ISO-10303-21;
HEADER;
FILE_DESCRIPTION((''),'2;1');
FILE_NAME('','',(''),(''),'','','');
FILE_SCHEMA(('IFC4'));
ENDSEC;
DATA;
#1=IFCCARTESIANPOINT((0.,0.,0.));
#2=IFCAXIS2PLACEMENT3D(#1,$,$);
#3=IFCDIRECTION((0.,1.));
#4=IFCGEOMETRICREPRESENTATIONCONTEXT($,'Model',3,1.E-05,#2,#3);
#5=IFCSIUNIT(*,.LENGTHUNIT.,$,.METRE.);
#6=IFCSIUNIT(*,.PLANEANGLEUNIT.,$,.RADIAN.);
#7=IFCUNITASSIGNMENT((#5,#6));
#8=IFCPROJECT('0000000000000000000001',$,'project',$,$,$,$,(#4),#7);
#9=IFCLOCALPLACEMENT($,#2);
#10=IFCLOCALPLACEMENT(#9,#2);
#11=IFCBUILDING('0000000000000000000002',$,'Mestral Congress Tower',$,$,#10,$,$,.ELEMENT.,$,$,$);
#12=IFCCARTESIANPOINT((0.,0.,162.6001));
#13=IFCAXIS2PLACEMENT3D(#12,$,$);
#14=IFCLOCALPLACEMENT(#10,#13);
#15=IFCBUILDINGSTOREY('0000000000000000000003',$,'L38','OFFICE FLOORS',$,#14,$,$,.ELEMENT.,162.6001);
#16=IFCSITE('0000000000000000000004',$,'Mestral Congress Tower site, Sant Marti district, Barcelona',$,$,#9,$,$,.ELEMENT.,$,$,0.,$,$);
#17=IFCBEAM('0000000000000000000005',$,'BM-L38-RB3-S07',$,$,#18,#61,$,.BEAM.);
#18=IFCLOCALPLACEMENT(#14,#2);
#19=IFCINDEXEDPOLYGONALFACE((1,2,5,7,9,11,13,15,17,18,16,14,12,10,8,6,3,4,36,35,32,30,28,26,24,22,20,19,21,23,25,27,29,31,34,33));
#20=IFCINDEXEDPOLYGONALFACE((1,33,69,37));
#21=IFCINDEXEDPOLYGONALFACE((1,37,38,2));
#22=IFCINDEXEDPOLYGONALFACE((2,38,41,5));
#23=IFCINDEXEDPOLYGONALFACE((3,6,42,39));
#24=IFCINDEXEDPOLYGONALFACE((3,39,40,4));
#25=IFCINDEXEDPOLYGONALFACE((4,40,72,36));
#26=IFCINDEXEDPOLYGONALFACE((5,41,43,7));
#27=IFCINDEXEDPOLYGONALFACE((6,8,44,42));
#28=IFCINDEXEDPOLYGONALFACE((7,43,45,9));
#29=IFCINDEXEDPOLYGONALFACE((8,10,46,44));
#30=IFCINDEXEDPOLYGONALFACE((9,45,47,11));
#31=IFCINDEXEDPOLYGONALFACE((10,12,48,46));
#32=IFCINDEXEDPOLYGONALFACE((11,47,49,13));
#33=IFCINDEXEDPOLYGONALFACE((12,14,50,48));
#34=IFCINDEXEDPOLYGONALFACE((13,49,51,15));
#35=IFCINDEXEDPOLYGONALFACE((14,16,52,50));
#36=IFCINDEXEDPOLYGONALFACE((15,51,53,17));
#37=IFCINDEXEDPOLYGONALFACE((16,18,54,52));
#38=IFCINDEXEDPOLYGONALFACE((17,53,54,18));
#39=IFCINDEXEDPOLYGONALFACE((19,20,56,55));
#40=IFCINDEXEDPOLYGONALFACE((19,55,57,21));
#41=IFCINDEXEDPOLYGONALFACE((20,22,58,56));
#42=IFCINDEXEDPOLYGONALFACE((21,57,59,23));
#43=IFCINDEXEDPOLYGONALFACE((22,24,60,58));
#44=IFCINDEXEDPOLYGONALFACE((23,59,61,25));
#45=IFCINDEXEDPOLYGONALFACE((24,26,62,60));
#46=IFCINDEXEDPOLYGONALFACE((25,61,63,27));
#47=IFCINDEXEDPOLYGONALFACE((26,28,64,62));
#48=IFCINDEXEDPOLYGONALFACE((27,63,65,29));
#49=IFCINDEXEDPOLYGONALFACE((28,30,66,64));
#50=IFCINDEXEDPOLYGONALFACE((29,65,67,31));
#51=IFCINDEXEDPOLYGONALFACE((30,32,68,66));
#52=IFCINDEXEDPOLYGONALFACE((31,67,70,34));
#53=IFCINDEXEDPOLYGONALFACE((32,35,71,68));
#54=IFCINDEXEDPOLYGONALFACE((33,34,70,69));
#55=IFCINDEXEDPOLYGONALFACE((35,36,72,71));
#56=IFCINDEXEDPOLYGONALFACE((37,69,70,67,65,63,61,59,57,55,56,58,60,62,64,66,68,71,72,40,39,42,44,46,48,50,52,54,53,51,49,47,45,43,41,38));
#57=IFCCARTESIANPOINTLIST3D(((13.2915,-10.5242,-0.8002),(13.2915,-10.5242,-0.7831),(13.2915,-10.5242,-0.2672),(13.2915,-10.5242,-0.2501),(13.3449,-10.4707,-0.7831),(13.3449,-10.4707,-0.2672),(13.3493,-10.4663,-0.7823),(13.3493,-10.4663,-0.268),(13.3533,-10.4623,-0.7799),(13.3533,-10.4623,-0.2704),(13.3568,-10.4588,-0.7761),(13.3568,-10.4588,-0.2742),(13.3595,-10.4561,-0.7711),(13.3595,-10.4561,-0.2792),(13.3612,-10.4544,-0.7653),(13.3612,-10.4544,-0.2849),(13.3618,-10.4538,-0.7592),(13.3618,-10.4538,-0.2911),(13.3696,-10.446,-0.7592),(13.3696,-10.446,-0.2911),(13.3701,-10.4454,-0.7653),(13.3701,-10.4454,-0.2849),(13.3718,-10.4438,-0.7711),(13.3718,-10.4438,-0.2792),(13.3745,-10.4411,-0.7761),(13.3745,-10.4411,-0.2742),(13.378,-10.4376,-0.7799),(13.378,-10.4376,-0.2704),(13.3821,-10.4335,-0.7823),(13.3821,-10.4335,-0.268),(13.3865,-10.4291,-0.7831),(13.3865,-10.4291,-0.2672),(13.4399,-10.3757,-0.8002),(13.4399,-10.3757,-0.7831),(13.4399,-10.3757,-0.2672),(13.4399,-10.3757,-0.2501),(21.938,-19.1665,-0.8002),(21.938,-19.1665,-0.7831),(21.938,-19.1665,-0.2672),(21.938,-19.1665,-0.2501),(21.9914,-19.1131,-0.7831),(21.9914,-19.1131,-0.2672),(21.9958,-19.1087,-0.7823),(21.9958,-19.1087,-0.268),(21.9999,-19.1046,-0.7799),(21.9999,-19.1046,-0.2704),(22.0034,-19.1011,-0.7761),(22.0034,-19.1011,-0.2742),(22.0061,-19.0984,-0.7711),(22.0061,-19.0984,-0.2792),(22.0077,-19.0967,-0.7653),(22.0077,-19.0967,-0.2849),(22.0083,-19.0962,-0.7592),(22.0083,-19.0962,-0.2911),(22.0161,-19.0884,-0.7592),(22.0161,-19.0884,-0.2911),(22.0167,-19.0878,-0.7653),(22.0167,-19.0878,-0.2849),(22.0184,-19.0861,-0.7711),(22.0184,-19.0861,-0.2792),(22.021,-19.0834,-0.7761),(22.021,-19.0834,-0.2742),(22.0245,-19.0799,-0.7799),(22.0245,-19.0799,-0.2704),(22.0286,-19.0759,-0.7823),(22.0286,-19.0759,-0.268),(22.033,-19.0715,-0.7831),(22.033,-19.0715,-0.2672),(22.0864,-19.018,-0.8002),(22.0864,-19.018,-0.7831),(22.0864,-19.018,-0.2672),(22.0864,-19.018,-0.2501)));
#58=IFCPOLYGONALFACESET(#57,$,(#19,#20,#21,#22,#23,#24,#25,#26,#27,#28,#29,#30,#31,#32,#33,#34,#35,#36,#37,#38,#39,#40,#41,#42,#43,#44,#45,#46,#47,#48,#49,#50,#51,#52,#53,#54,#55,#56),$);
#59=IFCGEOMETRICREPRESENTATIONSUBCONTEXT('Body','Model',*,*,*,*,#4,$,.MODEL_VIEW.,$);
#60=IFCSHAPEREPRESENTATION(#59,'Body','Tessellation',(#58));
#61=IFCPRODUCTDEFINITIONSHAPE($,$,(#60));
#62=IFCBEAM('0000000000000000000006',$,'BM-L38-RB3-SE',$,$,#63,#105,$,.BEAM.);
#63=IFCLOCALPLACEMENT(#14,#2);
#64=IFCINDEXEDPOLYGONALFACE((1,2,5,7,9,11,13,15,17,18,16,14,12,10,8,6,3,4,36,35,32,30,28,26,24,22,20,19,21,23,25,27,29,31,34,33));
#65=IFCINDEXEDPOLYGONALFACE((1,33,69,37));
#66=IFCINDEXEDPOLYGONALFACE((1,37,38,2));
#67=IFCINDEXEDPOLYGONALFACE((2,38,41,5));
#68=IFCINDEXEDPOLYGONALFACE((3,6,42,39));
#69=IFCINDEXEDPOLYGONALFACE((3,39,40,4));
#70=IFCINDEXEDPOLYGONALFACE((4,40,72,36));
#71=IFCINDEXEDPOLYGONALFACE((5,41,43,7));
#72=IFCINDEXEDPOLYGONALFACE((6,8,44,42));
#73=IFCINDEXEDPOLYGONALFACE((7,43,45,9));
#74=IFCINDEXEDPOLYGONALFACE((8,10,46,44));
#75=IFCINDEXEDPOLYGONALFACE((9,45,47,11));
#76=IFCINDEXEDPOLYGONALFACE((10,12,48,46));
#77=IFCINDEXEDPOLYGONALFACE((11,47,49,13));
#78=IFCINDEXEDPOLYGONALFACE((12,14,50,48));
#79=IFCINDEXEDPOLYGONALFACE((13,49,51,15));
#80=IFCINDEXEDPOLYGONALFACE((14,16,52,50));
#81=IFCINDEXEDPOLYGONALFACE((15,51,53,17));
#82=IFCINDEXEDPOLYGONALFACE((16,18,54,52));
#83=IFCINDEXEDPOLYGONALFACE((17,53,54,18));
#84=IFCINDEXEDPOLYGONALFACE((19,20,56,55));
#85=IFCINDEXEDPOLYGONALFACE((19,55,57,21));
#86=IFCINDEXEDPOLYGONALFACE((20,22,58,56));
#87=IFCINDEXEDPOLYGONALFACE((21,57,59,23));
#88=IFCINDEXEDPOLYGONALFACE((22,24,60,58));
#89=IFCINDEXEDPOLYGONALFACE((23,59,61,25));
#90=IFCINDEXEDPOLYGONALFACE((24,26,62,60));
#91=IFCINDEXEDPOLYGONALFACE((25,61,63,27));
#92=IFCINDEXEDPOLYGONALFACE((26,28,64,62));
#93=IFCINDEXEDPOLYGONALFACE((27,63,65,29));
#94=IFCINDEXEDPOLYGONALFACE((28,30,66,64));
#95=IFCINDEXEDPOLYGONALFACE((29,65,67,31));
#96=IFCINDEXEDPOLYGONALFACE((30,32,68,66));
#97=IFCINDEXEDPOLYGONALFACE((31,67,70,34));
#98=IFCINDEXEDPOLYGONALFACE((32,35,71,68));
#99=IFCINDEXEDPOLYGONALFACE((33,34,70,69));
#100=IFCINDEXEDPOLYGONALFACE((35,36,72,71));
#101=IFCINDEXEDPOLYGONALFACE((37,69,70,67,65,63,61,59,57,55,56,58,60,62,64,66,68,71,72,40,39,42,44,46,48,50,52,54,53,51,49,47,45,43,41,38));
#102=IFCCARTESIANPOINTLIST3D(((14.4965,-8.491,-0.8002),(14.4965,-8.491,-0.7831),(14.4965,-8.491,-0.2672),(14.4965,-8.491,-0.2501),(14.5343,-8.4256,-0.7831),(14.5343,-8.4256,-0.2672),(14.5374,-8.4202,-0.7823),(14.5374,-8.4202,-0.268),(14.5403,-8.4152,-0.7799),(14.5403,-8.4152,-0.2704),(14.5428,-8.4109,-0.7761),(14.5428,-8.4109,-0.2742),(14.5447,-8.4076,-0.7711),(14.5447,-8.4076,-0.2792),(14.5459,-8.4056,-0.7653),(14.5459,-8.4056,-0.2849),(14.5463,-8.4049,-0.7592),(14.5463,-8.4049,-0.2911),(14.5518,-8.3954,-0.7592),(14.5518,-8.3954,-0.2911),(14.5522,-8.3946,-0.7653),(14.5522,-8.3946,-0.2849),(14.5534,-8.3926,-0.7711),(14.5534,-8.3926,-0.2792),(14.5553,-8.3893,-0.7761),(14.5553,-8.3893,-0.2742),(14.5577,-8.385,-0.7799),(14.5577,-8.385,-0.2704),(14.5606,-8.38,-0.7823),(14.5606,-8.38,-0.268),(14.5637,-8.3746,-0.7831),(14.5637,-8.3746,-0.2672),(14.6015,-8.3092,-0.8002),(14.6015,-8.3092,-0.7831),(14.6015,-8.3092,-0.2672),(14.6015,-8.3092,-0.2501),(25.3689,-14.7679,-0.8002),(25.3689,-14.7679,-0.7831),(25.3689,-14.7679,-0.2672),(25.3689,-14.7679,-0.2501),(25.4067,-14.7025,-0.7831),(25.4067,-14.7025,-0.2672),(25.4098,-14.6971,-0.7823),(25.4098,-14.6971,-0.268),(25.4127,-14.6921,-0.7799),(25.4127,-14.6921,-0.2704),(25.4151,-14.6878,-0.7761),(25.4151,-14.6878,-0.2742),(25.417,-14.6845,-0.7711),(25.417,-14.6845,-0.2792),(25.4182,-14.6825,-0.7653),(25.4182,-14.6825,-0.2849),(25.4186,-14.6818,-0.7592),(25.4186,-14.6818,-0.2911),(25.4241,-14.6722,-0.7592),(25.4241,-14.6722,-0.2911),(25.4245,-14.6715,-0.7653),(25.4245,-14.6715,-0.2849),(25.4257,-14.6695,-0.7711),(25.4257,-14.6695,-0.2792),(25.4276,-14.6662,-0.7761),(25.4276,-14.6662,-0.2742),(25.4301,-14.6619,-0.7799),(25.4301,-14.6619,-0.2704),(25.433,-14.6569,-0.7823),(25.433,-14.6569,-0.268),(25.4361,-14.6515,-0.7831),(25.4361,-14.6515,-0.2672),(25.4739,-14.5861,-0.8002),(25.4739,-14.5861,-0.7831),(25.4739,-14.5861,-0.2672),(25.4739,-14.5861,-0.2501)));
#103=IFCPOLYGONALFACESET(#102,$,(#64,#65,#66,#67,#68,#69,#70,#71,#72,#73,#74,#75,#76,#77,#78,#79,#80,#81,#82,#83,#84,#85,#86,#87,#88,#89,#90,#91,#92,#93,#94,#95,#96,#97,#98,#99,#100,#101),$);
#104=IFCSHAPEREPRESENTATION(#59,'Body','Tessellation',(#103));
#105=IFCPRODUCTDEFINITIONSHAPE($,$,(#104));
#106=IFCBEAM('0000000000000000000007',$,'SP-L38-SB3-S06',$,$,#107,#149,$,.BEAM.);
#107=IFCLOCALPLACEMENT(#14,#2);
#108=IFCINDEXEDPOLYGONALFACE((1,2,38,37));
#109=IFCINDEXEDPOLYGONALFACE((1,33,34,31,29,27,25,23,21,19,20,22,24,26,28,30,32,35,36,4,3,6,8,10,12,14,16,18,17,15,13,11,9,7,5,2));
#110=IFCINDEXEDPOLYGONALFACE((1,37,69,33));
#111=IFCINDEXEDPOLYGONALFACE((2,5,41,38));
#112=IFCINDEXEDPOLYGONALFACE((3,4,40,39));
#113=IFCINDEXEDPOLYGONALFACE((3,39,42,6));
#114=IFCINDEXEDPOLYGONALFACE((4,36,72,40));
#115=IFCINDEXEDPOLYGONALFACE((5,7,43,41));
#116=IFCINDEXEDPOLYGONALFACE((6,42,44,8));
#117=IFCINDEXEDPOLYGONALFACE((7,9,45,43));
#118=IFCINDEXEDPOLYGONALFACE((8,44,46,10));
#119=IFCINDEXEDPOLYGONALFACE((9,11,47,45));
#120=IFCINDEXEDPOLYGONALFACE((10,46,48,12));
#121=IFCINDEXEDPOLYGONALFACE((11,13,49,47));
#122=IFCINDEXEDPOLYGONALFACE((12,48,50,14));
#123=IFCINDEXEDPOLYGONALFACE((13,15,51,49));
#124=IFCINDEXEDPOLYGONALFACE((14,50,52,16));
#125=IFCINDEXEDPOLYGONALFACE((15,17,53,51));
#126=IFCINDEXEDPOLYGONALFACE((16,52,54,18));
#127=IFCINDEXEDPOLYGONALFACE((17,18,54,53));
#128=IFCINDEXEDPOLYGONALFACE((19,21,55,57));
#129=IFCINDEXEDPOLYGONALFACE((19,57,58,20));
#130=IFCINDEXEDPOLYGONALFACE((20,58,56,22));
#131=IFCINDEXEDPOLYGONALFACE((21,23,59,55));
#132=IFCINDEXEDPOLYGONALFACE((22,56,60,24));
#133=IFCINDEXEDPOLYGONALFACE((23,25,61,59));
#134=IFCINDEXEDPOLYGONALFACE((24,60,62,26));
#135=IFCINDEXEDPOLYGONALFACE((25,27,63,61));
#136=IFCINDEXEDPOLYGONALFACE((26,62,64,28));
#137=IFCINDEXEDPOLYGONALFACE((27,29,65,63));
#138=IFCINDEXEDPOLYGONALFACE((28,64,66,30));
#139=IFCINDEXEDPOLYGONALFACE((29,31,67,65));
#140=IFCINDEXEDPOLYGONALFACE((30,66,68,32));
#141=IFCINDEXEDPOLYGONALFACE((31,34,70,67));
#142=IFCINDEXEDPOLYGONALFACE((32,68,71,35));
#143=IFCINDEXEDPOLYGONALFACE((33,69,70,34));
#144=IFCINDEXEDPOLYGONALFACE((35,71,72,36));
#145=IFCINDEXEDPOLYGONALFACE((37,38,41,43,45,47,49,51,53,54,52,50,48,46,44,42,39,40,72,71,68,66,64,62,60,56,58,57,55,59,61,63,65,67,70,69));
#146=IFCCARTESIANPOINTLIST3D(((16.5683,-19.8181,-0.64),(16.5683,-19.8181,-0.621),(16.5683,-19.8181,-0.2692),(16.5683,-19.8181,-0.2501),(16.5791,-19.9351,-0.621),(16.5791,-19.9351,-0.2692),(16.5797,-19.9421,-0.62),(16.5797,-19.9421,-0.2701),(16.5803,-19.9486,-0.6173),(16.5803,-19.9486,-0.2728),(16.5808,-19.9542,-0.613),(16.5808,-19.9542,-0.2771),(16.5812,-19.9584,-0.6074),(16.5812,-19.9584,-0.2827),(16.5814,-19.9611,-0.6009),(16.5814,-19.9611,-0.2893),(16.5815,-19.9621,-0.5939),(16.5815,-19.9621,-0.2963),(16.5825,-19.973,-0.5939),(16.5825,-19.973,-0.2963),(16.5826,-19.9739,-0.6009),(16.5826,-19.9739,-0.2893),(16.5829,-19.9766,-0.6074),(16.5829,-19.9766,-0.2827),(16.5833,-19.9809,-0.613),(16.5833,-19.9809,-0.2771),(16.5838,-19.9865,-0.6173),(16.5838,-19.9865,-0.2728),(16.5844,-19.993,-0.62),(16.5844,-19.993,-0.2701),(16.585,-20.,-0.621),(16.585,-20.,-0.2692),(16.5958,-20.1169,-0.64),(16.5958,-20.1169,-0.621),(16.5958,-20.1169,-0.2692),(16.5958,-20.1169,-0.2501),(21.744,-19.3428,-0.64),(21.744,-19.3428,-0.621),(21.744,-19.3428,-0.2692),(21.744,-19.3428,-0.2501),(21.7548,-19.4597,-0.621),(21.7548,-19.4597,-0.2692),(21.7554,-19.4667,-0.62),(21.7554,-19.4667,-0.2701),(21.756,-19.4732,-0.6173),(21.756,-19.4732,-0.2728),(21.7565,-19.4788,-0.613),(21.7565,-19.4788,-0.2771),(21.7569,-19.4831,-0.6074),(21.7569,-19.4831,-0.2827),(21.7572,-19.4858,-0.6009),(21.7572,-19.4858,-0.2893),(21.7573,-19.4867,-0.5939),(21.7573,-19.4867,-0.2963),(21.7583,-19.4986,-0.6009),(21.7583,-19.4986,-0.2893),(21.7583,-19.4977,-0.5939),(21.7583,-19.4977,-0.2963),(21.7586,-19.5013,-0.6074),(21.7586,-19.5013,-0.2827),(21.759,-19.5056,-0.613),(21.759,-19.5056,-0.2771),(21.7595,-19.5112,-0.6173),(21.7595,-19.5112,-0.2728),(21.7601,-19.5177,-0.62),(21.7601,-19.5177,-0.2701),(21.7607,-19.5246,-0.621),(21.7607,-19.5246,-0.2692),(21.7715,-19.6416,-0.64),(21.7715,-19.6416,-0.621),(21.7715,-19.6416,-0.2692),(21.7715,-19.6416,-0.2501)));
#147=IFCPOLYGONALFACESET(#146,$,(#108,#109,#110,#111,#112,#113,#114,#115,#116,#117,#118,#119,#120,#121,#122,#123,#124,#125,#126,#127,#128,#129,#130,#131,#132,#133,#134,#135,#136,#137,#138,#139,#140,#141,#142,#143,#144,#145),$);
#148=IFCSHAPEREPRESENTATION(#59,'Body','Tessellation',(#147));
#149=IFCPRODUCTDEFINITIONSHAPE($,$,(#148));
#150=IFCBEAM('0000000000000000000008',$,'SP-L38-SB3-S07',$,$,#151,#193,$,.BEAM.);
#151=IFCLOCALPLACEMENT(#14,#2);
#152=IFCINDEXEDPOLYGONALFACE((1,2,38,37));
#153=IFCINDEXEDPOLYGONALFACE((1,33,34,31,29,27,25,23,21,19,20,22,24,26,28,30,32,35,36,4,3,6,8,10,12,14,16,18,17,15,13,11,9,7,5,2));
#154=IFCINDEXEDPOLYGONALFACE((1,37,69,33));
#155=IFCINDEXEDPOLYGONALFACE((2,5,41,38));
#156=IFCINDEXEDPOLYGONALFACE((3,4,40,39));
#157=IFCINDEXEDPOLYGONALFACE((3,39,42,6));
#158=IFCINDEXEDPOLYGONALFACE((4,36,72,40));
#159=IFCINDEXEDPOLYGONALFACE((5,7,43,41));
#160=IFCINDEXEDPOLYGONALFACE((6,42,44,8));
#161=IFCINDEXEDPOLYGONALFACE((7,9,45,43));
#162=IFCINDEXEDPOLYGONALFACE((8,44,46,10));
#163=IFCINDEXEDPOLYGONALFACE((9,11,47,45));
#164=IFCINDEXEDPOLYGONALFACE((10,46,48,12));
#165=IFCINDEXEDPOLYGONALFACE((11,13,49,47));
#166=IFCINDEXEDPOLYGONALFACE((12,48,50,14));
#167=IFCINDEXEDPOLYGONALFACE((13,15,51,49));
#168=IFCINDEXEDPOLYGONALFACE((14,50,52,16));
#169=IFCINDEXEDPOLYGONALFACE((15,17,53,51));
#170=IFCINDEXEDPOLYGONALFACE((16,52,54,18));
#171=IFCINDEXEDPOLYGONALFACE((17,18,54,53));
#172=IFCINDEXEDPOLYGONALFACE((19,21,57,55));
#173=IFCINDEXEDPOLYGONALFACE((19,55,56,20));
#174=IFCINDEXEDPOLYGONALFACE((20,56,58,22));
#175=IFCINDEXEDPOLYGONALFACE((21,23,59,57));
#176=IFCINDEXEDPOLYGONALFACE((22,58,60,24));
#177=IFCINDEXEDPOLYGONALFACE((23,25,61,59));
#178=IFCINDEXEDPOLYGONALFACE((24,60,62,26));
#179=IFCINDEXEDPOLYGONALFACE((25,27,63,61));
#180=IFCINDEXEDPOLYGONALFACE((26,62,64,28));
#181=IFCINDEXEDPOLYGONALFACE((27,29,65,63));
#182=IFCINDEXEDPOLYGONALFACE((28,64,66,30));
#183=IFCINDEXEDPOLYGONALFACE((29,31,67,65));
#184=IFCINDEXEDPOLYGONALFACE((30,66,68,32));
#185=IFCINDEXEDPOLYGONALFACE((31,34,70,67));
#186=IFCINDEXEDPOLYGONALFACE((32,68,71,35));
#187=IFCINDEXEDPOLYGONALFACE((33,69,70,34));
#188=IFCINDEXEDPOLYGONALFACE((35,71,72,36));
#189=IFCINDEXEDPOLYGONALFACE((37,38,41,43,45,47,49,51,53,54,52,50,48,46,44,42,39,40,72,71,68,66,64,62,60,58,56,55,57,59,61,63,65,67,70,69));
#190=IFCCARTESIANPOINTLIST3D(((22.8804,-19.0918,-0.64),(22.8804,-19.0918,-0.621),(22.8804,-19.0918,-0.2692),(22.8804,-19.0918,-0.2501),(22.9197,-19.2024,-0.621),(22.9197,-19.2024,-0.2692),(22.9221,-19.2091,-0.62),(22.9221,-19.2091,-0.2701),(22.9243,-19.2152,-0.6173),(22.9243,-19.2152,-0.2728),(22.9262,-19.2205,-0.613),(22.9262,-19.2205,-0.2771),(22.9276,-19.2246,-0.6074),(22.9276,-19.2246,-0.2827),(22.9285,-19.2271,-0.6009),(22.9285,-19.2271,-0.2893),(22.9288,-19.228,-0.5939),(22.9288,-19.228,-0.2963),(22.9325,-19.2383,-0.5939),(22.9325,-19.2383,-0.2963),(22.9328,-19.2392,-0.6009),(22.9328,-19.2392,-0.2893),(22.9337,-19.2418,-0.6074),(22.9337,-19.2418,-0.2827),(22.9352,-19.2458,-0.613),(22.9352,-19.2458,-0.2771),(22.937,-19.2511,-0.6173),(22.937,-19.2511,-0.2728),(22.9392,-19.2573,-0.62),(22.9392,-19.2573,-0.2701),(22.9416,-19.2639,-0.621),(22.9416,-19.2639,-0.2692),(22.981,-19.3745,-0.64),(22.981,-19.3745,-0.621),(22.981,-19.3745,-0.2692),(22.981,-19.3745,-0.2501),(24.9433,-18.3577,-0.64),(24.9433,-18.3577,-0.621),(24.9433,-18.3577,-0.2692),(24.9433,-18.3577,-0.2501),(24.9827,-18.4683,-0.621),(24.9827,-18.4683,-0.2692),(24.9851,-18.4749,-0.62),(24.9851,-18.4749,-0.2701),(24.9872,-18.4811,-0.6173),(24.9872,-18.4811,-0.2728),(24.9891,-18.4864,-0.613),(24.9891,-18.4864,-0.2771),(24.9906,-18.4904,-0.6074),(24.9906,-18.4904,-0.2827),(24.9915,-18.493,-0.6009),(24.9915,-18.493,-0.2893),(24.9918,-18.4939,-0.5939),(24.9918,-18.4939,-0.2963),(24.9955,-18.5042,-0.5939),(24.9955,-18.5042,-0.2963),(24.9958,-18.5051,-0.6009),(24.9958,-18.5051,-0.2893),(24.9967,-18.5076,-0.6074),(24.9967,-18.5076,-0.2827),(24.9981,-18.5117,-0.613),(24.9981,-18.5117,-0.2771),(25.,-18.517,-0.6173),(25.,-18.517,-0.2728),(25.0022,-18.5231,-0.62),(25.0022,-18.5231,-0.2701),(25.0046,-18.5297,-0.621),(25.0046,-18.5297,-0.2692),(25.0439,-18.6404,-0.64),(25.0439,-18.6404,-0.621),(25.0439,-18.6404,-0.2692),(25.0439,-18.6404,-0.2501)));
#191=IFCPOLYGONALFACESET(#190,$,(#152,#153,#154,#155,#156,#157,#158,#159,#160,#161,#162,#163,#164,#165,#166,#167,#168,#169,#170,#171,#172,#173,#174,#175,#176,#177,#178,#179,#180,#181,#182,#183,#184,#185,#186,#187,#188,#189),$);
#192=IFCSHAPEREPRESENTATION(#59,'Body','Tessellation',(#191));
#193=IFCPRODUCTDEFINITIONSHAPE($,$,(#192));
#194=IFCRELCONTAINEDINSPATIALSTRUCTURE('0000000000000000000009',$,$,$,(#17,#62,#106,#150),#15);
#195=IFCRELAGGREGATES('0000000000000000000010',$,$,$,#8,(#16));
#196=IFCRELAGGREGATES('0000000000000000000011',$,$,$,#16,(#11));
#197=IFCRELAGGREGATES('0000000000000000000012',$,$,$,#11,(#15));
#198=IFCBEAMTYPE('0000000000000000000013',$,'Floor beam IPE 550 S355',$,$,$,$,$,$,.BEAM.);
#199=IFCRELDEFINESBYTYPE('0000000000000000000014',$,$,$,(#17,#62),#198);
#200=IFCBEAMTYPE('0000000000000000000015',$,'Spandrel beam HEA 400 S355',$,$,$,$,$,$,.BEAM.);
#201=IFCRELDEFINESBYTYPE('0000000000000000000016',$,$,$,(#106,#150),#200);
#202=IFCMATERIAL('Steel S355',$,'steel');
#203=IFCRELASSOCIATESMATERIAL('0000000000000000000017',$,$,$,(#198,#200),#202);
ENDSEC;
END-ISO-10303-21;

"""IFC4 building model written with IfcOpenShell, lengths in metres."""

from ifc_helpers import new_model, si_unit, direction, frame, origin, origin_2d, place, context, subcontext, project, spatial, i_section, extrude, material, material_profile, profile_set, type_object, element, save


model = new_model("IFC4")

# Units and contexts
model_context = context("Model", 3, precision=1e-05, world=origin(), true_north=direction((0.0, 1.0)))
body_context = subcontext(model_context, "Body", "Model", "MODEL_VIEW")
ifc_project = project(units=[si_unit("LENGTHUNIT", "METRE"), si_unit("PLANEANGLEUNIT", "RADIAN")], contexts=[model_context])

# Site, building, storey
site_placement = place(None, origin())
site = spatial("IfcSite", under=ifc_project, at=site_placement, Name="Mestral Congress Tower site, Sant Marti district, Barcelona", CompositionType="ELEMENT", RefElevation=0.0)
building_placement = place(site_placement, origin())
building = spatial("IfcBuilding", under=site, at=building_placement, Name="Mestral Congress Tower", CompositionType="ELEMENT")
storey_placement = place(building_placement, frame((0.0, 0.0, 162.6001)))
storey = spatial("IfcBuildingStorey", under=building, at=storey_placement, Name="L38", Description="OFFICE FLOORS", CompositionType="ELEMENT", Elevation=162.6001)

# Beams
ifc_material_1 = material(Name="Steel S355", Category="steel")
ifc_material_profile_1 = material_profile(ifc_material_1, i_section(OverallWidth=0.21, OverallDepth=0.55, WebThickness=0.011, FlangeThickness=0.0171, FilletRadius=0.0239, at=origin_2d()), Name="IPE 550")
ifc_profile_set_1 = profile_set([ifc_material_profile_1], Name="Steel S355")
beam_type_1 = type_object("IfcBeamType", Name="Floor beam IPE 550 S355", PredefinedType="BEAM", material=ifc_profile_set_1)
beam_1_placement = place(storey_placement, frame((22.0122, -19.0923, -0.5251), z_axis=(-0.707277, 0.706937, 0.0), x_axis=(-0.706937, -0.707277, 0.0)))
element("IfcBeam", 1, at=beam_1_placement, inside=storey, type_object=beam_type_1, Name="BM-L38-RB3-S07", PredefinedType="BEAM", context=body_context, shape_type="SweptSolid", body=[
    extrude(i_section(OverallWidth=0.21, OverallDepth=0.55, WebThickness=0.011, FlangeThickness=0.0171, FilletRadius=0.0239, at=origin_2d()), origin(), (0.0, 0.0, 1.0), 12.2251),
])
beam_2_placement = place(storey_placement, frame((25.4214, -14.677, -0.5251), z_axis=(-0.866035, 0.499983, 0.0), x_axis=(-0.499983, -0.866035, 0.0)))
element("IfcBeam", 2, at=beam_2_placement, inside=storey, type_object=beam_type_1, Name="BM-L38-RB3-SE", PredefinedType="BEAM", context=body_context, shape_type="SweptSolid", body=[
    extrude(i_section(OverallWidth=0.21, OverallDepth=0.55, WebThickness=0.011, FlangeThickness=0.0171, FilletRadius=0.0239, at=origin_2d()), origin(), (0.0, 0.0, 1.0), 12.5542),
])
ifc_material_profile_2 = material_profile(ifc_material_1, i_section(OverallWidth=0.3, OverallDepth=0.3899, WebThickness=0.011, FlangeThickness=0.019, FilletRadius=0.0271, at=origin_2d()), Name="HEA 400")
ifc_profile_set_2 = profile_set([ifc_material_profile_2], Name="Steel S355")
beam_type_2 = type_object("IfcBeamType", Name="Spandrel beam HEA 400 S355", PredefinedType="BEAM", material=ifc_profile_set_2)
beam_3_placement = place(storey_placement, frame((16.582, -19.9675, -0.4451), z_axis=(0.995809, 0.091455, 0.0), x_axis=(-0.091455, 0.995809, 0.0)))
element("IfcBeam", 3, at=beam_3_placement, inside=storey, type_object=beam_type_2, Name="SP-L38-SB3-S06", PredefinedType="BEAM", context=body_context, shape_type="SweptSolid", body=[
    extrude(i_section(OverallWidth=0.3, OverallDepth=0.3899, WebThickness=0.011, FlangeThickness=0.019, FilletRadius=0.0271, at=origin_2d()), origin(), (0.0, 0.0, 1.0), 5.1975),
])
beam_4_placement = place(storey_placement, frame((22.9307, -19.2332, -0.4451), z_axis=(0.942125, 0.335263, 0.0), x_axis=(-0.335263, 0.942125, 0.0)))
element("IfcBeam", 4, at=beam_4_placement, inside=storey, type_object=beam_type_2, Name="SP-L38-SB3-S07", PredefinedType="BEAM", context=body_context, shape_type="SweptSolid", body=[
    extrude(i_section(OverallWidth=0.3, OverallDepth=0.3899, WebThickness=0.011, FlangeThickness=0.019, FilletRadius=0.0271, at=origin_2d()), origin(), (0.0, 0.0, 1.0), 2.1897),
])

save(model, "model.ifc")
